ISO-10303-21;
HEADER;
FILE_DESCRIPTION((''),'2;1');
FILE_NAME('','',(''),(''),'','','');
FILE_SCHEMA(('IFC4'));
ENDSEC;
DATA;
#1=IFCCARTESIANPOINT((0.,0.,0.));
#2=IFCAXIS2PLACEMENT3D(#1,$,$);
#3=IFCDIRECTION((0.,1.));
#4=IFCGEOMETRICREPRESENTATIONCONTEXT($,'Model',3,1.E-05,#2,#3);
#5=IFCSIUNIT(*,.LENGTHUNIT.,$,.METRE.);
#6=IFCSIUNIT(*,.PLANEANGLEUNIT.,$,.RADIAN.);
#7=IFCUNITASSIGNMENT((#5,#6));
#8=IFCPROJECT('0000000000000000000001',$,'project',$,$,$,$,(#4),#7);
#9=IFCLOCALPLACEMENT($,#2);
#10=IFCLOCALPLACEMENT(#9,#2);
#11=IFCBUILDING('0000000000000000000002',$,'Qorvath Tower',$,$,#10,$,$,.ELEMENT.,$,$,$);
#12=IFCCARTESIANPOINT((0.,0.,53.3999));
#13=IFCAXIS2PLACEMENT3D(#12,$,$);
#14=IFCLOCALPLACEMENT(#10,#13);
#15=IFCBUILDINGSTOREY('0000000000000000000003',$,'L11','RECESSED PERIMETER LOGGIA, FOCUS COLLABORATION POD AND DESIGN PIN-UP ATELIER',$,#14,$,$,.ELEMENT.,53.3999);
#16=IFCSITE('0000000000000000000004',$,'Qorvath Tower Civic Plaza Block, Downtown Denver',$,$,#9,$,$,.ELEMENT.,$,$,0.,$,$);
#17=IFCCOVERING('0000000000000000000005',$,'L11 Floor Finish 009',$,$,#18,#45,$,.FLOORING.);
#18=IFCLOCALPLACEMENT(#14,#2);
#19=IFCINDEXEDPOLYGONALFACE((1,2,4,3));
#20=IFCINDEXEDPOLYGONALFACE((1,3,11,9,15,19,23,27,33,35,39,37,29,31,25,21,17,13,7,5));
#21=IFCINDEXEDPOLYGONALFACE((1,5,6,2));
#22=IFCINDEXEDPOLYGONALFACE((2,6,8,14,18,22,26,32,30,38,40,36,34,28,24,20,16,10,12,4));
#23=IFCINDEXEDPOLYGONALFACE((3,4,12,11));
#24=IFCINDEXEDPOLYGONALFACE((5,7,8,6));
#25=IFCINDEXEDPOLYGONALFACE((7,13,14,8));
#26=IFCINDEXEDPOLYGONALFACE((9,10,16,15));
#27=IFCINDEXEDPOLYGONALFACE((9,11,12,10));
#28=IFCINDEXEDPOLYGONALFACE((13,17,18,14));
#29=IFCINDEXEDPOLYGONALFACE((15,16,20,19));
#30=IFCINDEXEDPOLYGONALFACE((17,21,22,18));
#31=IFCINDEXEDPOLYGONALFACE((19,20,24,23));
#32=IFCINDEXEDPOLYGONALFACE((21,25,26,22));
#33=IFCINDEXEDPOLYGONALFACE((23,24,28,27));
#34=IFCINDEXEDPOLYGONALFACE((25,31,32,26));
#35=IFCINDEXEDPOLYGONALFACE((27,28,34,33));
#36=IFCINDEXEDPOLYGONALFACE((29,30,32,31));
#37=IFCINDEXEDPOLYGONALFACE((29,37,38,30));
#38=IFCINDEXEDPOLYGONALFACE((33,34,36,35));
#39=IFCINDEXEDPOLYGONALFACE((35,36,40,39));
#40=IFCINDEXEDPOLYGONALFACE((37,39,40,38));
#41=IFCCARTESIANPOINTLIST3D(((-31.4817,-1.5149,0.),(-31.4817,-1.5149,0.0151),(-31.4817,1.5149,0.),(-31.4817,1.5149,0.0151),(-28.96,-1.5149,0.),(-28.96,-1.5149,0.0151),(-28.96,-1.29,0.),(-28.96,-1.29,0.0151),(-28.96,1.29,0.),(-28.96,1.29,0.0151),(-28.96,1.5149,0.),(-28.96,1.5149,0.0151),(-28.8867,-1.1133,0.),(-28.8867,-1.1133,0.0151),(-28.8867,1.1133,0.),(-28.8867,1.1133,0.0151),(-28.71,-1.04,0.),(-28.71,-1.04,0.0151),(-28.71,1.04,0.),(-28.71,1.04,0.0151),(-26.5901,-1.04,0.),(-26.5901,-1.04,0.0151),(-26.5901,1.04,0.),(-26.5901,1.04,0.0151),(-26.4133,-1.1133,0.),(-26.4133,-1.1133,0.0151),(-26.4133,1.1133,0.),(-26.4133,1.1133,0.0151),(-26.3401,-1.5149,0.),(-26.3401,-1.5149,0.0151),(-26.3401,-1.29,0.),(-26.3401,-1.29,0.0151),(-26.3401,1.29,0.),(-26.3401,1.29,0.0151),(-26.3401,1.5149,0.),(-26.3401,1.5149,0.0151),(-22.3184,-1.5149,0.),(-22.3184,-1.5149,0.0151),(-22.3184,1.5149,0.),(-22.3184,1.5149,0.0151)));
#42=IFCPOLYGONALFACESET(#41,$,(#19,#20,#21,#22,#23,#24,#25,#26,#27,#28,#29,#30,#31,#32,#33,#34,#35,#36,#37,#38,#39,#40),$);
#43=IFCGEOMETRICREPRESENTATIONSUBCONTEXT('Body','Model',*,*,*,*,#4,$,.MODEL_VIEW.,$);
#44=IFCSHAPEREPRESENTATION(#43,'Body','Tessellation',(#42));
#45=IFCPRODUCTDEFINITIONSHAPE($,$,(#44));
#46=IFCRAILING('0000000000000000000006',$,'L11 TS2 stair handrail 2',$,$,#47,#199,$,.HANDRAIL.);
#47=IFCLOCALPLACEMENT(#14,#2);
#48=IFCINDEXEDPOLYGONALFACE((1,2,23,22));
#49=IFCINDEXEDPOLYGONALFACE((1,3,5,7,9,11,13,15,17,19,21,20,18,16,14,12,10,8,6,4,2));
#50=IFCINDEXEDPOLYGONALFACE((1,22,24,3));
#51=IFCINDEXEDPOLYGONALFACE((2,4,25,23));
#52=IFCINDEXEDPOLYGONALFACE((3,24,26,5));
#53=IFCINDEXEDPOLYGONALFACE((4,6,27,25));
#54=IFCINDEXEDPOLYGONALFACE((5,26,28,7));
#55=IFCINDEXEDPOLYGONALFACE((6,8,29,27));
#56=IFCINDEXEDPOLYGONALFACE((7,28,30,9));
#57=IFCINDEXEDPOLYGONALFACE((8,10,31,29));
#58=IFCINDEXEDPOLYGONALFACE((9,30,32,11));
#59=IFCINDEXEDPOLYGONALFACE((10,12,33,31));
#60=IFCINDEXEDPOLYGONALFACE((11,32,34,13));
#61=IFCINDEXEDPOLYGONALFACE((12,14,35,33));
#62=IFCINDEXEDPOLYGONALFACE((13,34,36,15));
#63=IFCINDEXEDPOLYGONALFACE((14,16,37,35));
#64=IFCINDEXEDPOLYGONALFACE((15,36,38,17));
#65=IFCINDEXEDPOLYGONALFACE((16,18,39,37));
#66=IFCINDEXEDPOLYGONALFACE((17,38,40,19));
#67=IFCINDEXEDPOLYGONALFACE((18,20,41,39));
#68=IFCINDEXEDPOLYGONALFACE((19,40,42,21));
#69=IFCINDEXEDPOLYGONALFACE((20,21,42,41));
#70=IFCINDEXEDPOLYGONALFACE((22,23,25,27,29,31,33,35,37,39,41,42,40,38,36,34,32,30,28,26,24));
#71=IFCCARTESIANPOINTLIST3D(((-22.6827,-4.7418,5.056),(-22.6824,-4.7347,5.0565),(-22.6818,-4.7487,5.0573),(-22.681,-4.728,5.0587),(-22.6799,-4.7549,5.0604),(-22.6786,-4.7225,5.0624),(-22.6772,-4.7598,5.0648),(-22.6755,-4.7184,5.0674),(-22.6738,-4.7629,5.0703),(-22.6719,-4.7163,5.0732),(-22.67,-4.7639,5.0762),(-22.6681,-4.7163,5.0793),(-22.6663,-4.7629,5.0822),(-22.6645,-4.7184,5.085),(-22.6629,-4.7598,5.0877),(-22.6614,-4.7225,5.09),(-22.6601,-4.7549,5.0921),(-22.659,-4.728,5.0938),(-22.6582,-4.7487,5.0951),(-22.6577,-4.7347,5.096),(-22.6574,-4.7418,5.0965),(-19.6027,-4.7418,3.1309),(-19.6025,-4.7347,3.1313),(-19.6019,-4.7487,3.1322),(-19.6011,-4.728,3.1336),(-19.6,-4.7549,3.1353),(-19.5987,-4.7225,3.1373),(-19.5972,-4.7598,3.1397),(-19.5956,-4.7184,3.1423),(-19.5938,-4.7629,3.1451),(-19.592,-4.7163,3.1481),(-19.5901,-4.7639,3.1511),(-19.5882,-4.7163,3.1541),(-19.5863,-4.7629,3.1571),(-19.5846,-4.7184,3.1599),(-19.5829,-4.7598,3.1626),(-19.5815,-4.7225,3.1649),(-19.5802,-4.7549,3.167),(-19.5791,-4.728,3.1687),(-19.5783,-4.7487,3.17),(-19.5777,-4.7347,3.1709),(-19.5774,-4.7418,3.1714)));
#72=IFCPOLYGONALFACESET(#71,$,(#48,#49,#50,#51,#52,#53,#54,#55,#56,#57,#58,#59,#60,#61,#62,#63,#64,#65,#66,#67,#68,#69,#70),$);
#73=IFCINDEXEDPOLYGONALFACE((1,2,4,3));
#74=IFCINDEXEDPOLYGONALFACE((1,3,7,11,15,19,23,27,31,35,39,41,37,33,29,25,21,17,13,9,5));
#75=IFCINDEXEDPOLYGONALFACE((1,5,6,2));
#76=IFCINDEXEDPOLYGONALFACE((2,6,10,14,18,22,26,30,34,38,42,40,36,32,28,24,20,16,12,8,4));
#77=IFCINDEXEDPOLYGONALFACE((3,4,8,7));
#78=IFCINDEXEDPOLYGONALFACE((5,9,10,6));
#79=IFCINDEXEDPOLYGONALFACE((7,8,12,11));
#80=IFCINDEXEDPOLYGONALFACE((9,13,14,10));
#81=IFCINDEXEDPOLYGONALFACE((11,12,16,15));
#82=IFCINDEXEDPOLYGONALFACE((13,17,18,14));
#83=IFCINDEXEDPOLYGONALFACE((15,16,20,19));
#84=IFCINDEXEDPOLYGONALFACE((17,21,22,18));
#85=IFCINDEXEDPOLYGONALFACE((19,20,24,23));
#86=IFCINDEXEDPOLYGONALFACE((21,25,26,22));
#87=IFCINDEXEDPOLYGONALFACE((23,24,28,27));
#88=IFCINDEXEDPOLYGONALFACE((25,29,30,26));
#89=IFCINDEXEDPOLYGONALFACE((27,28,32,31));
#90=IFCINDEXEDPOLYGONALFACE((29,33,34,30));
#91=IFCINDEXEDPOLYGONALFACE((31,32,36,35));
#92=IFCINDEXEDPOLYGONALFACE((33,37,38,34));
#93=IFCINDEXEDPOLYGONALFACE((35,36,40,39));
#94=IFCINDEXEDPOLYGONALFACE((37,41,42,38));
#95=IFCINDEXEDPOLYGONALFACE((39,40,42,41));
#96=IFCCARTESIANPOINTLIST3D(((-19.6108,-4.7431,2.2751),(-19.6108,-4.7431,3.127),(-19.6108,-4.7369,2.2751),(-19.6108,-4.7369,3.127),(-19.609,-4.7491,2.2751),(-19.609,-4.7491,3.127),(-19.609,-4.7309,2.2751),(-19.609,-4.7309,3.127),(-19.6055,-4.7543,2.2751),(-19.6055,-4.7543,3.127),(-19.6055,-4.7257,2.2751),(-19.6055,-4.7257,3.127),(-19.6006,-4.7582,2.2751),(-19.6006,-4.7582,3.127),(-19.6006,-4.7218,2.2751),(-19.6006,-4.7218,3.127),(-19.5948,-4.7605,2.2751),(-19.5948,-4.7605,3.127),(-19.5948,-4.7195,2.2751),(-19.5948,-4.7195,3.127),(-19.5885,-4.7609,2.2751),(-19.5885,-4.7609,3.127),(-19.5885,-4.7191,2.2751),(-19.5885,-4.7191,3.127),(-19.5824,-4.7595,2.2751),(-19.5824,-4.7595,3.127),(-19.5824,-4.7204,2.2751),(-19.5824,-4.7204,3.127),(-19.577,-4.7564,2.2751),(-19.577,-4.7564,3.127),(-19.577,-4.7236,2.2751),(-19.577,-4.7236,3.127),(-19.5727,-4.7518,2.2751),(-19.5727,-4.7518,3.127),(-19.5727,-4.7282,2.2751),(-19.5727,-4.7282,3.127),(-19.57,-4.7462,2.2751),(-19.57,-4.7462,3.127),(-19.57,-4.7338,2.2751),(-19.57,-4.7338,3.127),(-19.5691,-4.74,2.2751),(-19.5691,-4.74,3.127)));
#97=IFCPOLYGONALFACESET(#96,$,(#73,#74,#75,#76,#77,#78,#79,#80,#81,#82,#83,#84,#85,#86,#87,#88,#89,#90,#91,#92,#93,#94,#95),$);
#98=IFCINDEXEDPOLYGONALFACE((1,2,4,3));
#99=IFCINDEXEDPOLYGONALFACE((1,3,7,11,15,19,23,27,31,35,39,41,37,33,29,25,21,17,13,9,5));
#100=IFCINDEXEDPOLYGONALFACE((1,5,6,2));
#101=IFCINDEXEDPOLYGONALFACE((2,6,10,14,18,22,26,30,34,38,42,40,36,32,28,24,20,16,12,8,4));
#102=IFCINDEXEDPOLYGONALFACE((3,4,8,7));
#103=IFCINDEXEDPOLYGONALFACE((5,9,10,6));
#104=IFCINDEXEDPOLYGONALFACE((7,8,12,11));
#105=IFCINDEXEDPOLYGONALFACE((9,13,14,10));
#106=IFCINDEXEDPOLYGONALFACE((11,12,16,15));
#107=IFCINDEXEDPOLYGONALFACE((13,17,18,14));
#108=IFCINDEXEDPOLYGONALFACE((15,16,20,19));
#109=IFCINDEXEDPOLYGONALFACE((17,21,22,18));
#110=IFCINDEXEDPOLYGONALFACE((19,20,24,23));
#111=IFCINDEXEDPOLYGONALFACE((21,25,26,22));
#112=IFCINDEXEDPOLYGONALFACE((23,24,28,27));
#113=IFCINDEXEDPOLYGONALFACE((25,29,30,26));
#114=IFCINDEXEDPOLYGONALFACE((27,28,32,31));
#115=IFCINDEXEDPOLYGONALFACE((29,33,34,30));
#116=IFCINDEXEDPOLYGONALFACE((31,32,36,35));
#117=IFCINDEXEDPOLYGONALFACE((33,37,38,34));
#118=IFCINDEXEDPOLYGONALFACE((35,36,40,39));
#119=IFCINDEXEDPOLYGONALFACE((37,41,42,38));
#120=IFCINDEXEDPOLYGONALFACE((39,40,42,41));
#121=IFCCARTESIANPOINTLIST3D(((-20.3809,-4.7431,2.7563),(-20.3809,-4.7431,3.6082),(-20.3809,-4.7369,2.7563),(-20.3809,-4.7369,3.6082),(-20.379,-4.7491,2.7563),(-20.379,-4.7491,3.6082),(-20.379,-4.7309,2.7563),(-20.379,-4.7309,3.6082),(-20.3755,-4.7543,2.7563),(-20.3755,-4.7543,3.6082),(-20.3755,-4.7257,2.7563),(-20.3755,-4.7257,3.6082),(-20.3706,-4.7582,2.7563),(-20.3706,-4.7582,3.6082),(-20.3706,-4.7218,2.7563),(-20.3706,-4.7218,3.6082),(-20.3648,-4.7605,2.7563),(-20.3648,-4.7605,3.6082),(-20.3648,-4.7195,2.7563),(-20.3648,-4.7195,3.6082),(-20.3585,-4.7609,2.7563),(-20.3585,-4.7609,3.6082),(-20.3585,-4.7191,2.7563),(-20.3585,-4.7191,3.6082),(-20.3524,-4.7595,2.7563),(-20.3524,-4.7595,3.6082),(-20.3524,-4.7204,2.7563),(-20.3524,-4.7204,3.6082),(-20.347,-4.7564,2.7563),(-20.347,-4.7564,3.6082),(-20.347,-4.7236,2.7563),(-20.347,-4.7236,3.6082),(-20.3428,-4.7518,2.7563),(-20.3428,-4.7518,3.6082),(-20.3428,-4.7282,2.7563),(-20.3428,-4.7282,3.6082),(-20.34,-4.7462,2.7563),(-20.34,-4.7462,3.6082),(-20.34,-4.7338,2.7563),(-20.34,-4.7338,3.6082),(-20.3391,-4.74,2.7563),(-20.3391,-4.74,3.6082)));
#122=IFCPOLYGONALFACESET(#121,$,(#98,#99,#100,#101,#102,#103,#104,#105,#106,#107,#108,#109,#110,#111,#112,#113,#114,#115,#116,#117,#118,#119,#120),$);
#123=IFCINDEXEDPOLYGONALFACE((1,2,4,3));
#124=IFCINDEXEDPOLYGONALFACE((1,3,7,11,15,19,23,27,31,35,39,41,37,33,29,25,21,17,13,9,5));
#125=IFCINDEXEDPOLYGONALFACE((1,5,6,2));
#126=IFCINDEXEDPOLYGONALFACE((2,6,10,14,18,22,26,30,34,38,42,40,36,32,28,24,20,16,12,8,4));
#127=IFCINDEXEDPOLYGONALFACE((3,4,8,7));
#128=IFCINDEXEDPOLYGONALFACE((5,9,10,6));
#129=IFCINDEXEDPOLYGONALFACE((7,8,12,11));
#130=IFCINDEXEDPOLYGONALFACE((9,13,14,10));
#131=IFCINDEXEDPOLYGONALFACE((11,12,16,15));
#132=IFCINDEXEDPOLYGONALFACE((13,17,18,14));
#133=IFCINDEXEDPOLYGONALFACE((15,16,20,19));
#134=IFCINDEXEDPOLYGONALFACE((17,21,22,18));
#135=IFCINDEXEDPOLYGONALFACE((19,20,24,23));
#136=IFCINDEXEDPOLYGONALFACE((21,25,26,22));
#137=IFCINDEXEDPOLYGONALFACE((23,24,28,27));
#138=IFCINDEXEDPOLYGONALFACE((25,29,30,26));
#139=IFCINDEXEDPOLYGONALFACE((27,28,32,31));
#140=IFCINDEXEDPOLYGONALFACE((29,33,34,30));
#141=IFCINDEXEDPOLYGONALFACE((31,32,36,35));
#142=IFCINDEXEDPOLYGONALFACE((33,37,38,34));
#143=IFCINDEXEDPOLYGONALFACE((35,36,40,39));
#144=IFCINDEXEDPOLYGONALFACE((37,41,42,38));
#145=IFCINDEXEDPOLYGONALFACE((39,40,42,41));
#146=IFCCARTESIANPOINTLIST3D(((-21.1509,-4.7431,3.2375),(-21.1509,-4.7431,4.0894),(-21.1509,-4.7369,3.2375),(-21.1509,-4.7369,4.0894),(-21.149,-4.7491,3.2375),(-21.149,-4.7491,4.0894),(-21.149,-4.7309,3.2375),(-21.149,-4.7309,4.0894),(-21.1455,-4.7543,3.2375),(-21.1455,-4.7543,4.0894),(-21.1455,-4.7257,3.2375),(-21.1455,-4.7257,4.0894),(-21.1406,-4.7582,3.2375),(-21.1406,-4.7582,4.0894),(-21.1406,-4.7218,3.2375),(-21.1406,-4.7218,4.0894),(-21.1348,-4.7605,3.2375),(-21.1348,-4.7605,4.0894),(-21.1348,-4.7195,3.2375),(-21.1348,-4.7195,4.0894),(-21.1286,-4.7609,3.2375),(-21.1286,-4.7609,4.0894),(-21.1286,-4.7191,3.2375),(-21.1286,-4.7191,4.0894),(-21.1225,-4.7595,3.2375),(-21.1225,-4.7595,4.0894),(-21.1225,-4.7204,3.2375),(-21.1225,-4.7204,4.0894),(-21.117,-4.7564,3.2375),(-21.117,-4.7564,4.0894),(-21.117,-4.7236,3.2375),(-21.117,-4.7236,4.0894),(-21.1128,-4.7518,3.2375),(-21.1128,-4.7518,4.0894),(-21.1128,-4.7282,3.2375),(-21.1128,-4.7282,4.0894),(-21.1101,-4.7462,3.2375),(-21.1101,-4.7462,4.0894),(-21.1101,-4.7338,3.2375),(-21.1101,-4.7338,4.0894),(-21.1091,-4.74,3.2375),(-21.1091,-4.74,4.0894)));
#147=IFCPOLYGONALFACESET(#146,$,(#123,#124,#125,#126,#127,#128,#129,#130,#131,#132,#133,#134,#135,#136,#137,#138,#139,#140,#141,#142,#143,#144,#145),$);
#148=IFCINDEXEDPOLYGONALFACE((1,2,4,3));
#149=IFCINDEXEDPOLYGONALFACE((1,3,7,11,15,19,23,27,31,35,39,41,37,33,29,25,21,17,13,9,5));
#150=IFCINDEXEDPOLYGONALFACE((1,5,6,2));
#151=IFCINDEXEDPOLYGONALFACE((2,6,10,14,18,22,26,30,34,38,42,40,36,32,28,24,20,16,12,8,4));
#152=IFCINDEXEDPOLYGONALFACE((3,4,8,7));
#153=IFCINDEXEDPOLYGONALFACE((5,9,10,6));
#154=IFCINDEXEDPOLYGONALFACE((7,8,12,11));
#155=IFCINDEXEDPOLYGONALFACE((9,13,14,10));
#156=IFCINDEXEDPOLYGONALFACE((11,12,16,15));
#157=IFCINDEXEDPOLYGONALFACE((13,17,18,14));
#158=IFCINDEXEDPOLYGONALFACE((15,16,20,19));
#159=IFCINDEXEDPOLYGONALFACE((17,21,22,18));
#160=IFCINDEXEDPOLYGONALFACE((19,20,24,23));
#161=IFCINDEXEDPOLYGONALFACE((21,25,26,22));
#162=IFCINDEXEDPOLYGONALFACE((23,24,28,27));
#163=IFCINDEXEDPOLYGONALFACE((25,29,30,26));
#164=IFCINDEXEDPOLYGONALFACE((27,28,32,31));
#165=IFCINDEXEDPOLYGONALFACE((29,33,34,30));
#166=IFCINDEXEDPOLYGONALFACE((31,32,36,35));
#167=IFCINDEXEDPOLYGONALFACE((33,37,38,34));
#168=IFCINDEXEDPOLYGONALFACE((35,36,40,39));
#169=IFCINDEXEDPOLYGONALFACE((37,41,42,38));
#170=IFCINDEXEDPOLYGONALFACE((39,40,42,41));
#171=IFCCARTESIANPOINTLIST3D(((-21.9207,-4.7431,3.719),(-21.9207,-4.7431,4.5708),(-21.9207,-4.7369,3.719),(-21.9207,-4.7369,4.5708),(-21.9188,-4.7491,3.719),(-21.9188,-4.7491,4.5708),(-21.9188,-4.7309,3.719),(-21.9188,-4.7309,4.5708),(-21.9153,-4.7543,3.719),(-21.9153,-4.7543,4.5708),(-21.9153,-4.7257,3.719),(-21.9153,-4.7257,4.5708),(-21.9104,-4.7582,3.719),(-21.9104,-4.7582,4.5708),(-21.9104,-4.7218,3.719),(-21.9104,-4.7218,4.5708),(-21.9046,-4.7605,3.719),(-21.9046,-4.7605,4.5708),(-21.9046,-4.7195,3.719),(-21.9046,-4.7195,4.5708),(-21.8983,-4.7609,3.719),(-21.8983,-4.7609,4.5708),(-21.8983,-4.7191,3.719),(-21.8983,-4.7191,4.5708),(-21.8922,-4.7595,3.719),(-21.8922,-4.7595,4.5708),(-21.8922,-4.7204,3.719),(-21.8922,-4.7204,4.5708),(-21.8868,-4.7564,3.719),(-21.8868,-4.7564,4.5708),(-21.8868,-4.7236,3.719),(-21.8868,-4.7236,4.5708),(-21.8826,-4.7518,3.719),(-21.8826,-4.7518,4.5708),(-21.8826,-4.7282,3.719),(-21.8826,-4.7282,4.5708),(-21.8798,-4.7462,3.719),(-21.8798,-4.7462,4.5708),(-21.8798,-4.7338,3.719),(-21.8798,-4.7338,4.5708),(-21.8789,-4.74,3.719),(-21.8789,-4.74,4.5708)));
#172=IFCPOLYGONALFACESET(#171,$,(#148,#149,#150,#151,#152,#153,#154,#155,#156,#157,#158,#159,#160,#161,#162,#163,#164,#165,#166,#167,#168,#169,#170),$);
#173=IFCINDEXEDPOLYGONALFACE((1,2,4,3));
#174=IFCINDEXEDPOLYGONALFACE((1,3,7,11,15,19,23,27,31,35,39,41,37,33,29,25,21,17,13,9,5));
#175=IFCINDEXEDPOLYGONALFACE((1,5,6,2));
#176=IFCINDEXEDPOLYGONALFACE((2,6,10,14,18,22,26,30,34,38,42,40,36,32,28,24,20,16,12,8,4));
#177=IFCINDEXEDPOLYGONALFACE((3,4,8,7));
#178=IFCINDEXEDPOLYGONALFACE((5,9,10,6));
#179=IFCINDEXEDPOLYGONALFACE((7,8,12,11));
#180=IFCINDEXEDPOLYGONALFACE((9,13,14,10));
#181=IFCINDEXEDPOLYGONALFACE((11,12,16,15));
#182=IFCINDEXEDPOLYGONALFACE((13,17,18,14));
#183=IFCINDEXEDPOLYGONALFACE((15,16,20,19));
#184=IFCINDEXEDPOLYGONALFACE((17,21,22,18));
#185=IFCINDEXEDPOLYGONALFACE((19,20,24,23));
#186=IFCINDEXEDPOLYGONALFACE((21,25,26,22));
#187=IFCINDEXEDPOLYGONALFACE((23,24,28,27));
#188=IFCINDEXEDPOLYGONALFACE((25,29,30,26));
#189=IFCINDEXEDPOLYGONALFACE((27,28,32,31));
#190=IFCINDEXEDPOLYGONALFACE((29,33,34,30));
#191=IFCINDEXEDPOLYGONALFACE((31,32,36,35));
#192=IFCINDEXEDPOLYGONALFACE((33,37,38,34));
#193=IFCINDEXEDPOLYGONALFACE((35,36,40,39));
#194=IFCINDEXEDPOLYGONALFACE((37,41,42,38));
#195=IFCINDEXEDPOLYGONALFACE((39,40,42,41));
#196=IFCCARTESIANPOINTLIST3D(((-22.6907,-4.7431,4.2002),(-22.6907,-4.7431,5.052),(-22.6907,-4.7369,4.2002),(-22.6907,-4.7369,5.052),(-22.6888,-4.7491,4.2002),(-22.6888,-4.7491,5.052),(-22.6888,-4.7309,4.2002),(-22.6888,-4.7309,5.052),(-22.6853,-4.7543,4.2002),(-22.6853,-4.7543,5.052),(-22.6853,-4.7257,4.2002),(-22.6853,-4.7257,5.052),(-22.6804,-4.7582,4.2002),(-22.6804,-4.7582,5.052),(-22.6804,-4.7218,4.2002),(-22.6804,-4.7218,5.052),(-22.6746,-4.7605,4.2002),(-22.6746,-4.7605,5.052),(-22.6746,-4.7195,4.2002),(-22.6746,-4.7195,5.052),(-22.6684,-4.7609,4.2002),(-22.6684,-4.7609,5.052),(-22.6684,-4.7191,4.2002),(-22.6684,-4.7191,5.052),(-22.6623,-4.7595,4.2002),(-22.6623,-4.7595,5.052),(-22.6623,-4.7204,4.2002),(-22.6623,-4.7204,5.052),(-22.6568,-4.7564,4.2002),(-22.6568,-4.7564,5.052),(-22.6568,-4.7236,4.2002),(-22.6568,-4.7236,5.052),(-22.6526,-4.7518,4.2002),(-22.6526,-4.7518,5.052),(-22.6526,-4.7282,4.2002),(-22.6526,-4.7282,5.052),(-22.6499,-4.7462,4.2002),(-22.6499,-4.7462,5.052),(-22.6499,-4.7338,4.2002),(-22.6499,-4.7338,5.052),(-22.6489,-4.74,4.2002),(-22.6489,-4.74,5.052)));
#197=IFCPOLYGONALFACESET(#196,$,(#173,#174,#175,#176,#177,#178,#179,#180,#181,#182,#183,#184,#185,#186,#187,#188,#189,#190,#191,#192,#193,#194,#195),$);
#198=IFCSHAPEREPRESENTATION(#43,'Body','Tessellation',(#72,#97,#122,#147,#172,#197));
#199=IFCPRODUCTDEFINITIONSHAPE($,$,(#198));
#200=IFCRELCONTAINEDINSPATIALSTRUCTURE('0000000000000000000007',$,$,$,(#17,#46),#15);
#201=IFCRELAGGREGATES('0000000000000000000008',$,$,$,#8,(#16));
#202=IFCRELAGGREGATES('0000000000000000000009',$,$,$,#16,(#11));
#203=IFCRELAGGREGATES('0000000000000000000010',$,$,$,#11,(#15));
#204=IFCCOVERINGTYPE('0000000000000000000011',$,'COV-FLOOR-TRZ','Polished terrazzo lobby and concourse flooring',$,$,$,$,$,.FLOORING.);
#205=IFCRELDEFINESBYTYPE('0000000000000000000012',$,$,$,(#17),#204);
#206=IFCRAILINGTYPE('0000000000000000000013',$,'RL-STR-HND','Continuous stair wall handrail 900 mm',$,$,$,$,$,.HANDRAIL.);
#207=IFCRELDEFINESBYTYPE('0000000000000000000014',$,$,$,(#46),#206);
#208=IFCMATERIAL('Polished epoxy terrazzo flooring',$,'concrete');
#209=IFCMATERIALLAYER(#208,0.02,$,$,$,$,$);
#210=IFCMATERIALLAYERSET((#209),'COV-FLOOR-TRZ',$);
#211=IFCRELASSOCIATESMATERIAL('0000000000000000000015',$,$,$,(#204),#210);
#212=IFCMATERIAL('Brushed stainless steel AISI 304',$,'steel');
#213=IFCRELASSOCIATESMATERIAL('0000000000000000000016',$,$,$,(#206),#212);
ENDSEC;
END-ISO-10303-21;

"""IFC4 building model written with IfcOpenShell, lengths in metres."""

from ifc_helpers import new_model, si_unit, direction, frame, origin, origin_2d, place, context, subcontext, project, spatial, polyline, circle, outline, extrude, material, layer, layer_set, type_object, element, save


model = new_model("IFC4")

# Units and contexts
model_context = context("Model", 3, precision=1e-05, world=origin(), true_north=direction((0.0, 1.0)))
body_context = subcontext(model_context, "Body", "Model", "MODEL_VIEW")
ifc_project = project(units=[si_unit("LENGTHUNIT", "METRE"), si_unit("PLANEANGLEUNIT", "RADIAN")], contexts=[model_context])

# Site, building, storey
site_placement = place(None, origin())
site = spatial("IfcSite", under=ifc_project, at=site_placement, Name="Qorvath Tower Civic Plaza Block, Downtown Denver", CompositionType="ELEMENT", RefElevation=0.0)
building_placement = place(site_placement, origin())
building = spatial("IfcBuilding", under=site, at=building_placement, Name="Qorvath Tower", CompositionType="ELEMENT")
storey_placement = place(building_placement, frame((0.0, 0.0, 53.3999)))
storey = spatial("IfcBuildingStorey", under=building, at=storey_placement, Name="L11", Description="RECESSED PERIMETER LOGGIA, FOCUS COLLABORATION POD AND DESIGN PIN-UP ATELIER", CompositionType="ELEMENT", Elevation=53.3999)

# Covering
ifc_material_1 = material(Name="Polished epoxy terrazzo flooring", Category="concrete")
ifc_layer_1 = layer(ifc_material_1, 0.02)
ifc_layer_set_1 = layer_set([ifc_layer_1], Name="COV-FLOOR-TRZ")
covering_type_1 = type_object("IfcCoveringType", Name="COV-FLOOR-TRZ", Description="Polished terrazzo lobby and concourse flooring", PredefinedType="FLOORING", material=ifc_layer_set_1)
covering_1_placement = place(storey_placement, origin())
element("IfcCovering", 1, at=covering_1_placement, inside=storey, type_object=covering_type_1, Name="L11 Floor Finish 009", PredefinedType="FLOORING", context=body_context, shape_type="SweptSolid", body=[
    extrude(outline(polyline([(-22.3184, -1.5149), (-22.3184, 1.5149), (-26.3401, 1.5149), (-26.3401, 1.29), (-26.4133, 1.1133), (-26.5901, 1.04), (-28.71, 1.04), (-28.8867, 1.1133), (-28.96, 1.29), (-28.96, 1.5149), (-31.4817, 1.5149), (-31.4817, -1.5149), (-28.96, -1.5149), (-28.96, -1.29), (-28.8867, -1.1133), (-28.71, -1.04), (-26.5901, -1.04), (-26.4133, -1.1133), (-26.3401, -1.29), (-26.3401, -1.5149), (-22.3184, -1.5149)])), origin(), (0.0, 0.0, 1.0), 0.0151),
])

# Railing
ifc_material_2 = material(Name="Brushed stainless steel AISI 304", Category="steel")
railing_type = type_object("IfcRailingType", Name="RL-STR-HND", Description="Continuous stair wall handrail 900 mm", PredefinedType="HANDRAIL", material=ifc_material_2)
railing_placement = place(storey_placement, frame((-19.5901, -4.74, 2.2751)))
element("IfcRailing", 2, at=railing_placement, inside=storey, type_object=railing_type, Name="L11 TS2 stair handrail 2", PredefinedType="HANDRAIL", context=body_context, shape_type="SweptSolid", body=[
    extrude(circle(Radius=0.0239, at=origin_2d()), frame((0.0, 0.0, 0.876), z_axis=(-0.847979, 0.0, 0.530029), x_axis=(0.0, -1.0, 0.0)), (0.0, 0.0, 1.0), 3.6321),
    extrude(circle(Radius=0.021, at=origin_2d()), origin(), (0.0, 0.0, 1.0), 0.8518),
    extrude(circle(Radius=0.021, at=origin_2d()), frame((-0.77, 0.0, 0.4812)), (0.0, 0.0, 1.0), 0.8518),
    extrude(circle(Radius=0.021, at=origin_2d()), frame((-1.54, 0.0, 0.9624)), (0.0, 0.0, 1.0), 0.8518),
    extrude(circle(Radius=0.021, at=origin_2d()), frame((-2.3098, 0.0, 1.4438)), (0.0, 0.0, 1.0), 0.8518),
    extrude(circle(Radius=0.021, at=origin_2d()), frame((-3.0798, 0.0, 1.925)), (0.0, 0.0, 1.0), 0.8518),
])

save(model, "model.ifc")
